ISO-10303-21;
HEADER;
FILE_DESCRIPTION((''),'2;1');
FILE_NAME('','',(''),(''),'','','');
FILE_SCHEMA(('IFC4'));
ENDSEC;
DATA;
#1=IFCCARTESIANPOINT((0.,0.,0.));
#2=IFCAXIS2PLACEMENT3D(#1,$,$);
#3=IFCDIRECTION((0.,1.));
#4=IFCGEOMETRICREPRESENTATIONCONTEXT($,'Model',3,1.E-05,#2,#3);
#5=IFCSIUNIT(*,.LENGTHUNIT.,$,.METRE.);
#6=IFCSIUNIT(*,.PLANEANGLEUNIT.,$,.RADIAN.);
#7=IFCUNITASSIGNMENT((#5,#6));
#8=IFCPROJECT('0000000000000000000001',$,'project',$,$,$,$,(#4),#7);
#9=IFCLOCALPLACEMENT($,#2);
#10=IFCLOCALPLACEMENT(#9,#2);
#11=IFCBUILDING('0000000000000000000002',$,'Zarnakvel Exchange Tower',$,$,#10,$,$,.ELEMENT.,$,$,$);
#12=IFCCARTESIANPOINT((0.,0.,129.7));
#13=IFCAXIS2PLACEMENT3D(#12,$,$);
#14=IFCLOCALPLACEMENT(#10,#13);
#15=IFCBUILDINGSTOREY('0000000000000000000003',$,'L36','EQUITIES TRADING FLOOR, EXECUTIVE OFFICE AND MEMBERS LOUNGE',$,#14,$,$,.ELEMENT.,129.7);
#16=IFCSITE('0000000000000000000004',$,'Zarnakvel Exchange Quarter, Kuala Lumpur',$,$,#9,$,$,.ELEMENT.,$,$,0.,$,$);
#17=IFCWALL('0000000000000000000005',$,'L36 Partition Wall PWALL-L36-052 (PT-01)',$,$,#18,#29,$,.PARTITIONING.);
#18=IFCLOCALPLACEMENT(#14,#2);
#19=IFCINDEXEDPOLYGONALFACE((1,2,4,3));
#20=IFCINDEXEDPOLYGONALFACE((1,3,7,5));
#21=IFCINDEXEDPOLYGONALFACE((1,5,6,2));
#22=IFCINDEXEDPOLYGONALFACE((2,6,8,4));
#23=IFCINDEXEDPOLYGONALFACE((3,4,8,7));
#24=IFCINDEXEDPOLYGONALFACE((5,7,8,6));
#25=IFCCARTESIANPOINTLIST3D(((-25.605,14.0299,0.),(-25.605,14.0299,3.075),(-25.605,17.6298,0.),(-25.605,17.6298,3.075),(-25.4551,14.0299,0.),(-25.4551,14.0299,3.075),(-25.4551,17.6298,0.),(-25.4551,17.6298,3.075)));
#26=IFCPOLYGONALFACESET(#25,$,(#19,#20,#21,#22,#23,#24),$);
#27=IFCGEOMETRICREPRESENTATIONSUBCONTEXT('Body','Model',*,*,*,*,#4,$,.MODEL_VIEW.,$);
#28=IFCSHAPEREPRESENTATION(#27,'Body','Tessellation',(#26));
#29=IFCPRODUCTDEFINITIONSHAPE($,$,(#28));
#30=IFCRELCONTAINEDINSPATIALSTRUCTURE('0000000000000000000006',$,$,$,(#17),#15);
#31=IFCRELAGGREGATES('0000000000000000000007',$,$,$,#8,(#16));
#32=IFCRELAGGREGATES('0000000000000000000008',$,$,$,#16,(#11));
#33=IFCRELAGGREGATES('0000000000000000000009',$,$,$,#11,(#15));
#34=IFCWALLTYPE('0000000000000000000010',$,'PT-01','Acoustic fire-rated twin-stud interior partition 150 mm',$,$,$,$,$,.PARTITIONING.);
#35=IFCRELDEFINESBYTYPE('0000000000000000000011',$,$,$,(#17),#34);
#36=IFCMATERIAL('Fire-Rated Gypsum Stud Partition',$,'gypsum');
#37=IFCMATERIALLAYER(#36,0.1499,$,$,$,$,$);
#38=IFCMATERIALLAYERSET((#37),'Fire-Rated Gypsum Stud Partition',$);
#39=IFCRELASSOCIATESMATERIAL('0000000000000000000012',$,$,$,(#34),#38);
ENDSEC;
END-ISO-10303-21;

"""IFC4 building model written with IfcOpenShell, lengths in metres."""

from ifc_helpers import new_model, si_unit, direction, frame, frame_2d, origin, place, context, subcontext, project, spatial, rectangle, extrude, material, layer, layer_set, type_object, element, save


model = new_model("IFC4")

# Units and contexts
model_context = context("Model", 3, precision=1e-05, world=origin(), true_north=direction((0.0, 1.0)))
body_context = subcontext(model_context, "Body", "Model", "MODEL_VIEW")
ifc_project = project(units=[si_unit("LENGTHUNIT", "METRE"), si_unit("PLANEANGLEUNIT", "RADIAN")], contexts=[model_context])

# Site, building, storey
site_placement = place(None, origin())
site = spatial("IfcSite", under=ifc_project, at=site_placement, Name="Zarnakvel Exchange Quarter, Kuala Lumpur", CompositionType="ELEMENT", RefElevation=0.0)
building_placement = place(site_placement, origin())
building = spatial("IfcBuilding", under=site, at=building_placement, Name="Zarnakvel Exchange Tower", CompositionType="ELEMENT")
storey_placement = place(building_placement, frame((0.0, 0.0, 129.7)))
storey = spatial("IfcBuildingStorey", under=building, at=storey_placement, Name="L36", Description="EQUITIES TRADING FLOOR, EXECUTIVE OFFICE AND MEMBERS LOUNGE", CompositionType="ELEMENT", Elevation=129.7)

# Shared definitions
ifc_material_1 = material(Name="Fire-Rated Gypsum Stud Partition", Category="gypsum")
ifc_layer_1 = layer(ifc_material_1, 0.1499)
ifc_layer_set_1 = layer_set([ifc_layer_1], Name="Fire-Rated Gypsum Stud Partition")
wall_type_1 = type_object("IfcWallType", Name="PT-01", Description="Acoustic fire-rated twin-stud interior partition 150 mm", PredefinedType="PARTITIONING", material=ifc_layer_set_1)

# Wall
wall_1_placement = place(storey_placement, frame((-25.53, 14.03, 0.0), z_axis=(0.0, 0.0, 1.0), x_axis=(0.0, 1.0, 0.0)))
element("IfcWall", 1, at=wall_1_placement, inside=storey, type_object=wall_type_1, Name="L36 Partition Wall PWALL-L36-052 (PT-01)", PredefinedType="PARTITIONING", context=body_context, shape_type="SweptSolid", body=[
    extrude(rectangle(XDim=3.5999, YDim=0.1499, at=frame_2d((1.7998, 0.0))), origin(), (0.0, 0.0, 1.0), 3.075),
])

save(model, "model.ifc")
